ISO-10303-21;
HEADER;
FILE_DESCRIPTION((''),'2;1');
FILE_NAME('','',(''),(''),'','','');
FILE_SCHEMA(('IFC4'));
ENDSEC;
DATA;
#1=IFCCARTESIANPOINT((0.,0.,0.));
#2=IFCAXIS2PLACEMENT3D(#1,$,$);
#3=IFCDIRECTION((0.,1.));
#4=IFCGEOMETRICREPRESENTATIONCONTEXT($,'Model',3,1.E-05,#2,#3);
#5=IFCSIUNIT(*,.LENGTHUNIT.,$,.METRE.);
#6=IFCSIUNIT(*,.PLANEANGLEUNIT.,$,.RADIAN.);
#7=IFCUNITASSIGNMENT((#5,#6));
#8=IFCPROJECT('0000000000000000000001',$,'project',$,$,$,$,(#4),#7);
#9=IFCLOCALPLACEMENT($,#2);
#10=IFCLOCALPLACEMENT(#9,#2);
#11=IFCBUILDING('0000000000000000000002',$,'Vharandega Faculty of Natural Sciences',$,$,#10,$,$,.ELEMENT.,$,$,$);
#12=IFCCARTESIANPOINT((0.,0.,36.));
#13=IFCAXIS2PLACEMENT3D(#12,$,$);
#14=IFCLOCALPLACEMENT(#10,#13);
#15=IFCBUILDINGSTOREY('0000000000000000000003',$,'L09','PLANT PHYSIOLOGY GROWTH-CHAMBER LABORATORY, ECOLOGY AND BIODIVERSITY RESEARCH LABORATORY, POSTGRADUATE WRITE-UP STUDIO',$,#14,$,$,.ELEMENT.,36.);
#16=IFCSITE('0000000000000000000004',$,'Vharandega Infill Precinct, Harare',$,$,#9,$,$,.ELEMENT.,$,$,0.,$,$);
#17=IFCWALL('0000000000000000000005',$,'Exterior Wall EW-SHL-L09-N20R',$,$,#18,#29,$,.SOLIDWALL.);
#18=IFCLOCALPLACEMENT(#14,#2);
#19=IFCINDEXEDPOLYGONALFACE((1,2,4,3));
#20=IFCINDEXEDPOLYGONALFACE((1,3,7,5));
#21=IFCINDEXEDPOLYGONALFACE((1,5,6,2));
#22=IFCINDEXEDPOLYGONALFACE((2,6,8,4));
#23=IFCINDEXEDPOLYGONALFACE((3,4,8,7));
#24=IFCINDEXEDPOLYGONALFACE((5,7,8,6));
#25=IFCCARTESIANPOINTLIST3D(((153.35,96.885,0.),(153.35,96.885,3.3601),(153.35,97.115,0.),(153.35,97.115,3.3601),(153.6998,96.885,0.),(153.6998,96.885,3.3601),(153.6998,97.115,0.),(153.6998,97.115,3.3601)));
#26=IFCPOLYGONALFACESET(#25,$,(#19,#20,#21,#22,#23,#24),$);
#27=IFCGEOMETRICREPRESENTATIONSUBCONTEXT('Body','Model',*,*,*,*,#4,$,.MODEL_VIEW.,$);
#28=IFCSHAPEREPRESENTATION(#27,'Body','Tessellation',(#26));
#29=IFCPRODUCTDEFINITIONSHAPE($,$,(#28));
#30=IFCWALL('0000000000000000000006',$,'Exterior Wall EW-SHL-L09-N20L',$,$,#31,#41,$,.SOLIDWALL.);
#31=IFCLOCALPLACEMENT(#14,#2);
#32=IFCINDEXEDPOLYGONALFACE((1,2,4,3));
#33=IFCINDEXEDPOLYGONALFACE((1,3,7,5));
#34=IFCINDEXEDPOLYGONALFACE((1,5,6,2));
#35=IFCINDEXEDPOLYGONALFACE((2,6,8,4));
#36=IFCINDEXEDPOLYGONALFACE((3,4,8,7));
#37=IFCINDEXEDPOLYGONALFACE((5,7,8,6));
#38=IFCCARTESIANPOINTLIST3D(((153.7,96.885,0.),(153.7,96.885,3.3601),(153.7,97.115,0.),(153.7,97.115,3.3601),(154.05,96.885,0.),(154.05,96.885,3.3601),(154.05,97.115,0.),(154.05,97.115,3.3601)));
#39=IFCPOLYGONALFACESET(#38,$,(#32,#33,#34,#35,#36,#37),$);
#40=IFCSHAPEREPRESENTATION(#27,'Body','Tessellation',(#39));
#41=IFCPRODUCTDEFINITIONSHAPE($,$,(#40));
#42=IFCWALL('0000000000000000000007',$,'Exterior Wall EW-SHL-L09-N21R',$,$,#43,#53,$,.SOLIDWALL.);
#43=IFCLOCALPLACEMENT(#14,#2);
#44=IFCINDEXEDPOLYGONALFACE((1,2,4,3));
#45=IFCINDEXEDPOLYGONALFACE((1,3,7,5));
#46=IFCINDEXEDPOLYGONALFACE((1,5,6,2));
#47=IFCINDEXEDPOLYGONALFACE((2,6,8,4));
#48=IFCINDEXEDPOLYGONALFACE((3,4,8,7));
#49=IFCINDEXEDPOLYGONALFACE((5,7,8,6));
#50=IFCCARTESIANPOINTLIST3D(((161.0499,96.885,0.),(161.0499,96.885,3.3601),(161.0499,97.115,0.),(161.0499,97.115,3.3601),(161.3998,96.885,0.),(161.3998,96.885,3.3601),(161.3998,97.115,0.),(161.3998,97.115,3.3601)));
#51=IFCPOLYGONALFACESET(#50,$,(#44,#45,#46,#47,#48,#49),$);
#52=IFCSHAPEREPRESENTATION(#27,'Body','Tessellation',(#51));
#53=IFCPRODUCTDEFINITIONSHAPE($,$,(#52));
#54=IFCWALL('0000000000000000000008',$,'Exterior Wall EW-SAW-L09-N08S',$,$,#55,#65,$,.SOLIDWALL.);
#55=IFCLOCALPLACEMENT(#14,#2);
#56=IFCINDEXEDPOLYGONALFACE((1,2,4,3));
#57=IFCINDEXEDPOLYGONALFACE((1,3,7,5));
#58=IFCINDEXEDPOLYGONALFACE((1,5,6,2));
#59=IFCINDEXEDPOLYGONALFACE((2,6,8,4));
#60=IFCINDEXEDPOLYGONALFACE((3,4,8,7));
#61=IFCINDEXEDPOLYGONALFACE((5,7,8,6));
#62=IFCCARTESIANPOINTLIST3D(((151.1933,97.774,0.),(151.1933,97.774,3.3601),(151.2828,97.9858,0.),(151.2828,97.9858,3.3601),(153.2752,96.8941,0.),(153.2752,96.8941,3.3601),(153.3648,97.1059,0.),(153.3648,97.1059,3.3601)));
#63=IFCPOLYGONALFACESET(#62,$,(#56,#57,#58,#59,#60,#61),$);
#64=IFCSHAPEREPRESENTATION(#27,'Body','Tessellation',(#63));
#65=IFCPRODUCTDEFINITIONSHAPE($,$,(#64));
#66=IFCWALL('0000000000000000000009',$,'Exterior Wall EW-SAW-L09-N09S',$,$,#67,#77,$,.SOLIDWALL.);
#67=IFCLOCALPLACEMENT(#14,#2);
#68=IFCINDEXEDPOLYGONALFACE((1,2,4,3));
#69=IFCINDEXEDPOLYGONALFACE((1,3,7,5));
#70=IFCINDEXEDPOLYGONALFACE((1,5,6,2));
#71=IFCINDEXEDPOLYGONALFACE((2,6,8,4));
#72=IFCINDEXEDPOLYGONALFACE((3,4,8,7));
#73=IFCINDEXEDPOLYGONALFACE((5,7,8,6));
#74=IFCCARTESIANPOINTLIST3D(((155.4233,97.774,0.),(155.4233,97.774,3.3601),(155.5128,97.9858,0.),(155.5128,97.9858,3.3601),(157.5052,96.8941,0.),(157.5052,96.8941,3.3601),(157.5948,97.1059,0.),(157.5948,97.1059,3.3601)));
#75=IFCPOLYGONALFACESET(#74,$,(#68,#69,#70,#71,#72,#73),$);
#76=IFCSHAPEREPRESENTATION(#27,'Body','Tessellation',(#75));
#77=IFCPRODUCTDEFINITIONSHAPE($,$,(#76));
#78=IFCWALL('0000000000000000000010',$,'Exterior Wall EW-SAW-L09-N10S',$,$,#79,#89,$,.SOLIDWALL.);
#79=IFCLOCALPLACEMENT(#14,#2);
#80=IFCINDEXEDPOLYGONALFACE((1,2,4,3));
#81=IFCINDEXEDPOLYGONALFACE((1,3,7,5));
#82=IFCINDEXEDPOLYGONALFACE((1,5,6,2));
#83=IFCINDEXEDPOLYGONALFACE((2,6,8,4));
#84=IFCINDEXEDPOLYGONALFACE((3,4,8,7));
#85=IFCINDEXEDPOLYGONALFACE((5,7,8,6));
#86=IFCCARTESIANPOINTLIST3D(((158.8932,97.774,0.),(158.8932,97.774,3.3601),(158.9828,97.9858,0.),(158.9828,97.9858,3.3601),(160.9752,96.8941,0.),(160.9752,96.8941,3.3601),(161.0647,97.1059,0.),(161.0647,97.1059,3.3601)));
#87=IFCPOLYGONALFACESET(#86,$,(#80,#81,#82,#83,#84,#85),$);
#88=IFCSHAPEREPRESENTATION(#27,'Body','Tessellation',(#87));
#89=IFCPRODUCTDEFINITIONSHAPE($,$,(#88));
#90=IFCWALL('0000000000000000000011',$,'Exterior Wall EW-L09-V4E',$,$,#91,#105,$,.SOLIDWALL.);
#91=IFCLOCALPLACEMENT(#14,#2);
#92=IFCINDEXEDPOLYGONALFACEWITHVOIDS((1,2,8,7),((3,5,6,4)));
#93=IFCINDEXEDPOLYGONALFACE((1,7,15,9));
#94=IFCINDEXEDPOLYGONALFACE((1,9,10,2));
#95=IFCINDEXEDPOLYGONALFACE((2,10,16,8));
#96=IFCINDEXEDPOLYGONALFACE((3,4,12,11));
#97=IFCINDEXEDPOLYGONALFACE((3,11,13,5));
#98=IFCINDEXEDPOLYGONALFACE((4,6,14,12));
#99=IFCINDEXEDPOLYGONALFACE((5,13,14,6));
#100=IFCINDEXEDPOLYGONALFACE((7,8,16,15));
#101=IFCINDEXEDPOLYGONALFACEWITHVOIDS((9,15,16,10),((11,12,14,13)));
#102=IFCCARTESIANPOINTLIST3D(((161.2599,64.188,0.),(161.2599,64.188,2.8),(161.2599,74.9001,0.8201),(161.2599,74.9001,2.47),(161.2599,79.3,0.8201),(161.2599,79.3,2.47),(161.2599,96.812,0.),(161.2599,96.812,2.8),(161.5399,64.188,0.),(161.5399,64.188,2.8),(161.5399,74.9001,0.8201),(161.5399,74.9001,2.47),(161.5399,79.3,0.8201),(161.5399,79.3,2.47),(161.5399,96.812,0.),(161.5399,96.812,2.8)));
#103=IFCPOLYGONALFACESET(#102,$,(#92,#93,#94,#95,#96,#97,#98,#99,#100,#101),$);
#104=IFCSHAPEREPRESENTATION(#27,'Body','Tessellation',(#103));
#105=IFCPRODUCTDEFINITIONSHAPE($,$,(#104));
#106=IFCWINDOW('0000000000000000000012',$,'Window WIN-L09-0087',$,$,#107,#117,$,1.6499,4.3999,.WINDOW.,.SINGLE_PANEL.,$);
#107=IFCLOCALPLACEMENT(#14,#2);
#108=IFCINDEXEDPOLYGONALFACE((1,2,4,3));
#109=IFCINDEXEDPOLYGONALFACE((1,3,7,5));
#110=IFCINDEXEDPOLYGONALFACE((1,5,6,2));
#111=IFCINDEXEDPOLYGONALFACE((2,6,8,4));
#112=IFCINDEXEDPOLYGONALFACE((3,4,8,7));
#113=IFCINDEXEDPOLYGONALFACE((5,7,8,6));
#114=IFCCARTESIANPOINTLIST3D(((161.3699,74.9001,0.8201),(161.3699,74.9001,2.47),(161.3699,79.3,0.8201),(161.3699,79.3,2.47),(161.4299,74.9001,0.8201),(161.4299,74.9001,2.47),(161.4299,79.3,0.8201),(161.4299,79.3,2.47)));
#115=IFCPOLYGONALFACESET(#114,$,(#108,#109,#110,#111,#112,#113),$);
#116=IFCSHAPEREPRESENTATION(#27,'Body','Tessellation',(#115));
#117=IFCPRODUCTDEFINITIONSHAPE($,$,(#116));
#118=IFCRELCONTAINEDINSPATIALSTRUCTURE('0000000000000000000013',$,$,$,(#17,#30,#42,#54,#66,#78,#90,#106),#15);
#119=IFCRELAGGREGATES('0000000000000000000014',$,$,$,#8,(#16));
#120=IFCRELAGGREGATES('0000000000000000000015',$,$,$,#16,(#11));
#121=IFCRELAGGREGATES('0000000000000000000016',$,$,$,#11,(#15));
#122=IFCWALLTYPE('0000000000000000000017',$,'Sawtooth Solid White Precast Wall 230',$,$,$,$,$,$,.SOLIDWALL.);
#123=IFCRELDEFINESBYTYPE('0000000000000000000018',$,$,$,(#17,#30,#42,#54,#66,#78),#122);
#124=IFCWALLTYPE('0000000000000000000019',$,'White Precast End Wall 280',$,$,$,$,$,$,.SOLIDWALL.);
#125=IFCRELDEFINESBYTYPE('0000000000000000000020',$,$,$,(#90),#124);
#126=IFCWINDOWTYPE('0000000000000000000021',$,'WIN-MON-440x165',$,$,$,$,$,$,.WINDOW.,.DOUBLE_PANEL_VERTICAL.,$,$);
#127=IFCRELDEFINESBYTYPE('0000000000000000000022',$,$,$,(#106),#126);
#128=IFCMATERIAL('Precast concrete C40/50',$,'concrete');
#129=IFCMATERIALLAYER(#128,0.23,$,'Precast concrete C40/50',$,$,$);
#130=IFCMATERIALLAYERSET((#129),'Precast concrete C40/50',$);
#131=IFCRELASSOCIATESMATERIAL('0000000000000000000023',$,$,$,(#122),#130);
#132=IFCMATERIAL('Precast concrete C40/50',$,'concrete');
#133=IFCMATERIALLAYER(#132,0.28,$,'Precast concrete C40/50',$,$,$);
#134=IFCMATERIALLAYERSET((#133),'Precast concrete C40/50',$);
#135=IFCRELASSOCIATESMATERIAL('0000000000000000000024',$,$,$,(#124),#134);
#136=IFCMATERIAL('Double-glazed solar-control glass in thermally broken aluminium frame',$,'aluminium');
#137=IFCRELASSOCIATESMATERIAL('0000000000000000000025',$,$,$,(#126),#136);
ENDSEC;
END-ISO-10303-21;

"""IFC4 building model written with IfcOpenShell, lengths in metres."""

from ifc_helpers import new_model, si_unit, direction, frame, frame_2d, origin, place, context, subcontext, project, spatial, rectangle, extrude, material, layer, layer_set, type_object, element, fill, save


model = new_model("IFC4")

# Units and contexts
model_context = context("Model", 3, precision=1e-05, world=origin(), true_north=direction((0.0, 1.0)))
body_context = subcontext(model_context, "Body", "Model", "MODEL_VIEW")
ifc_project = project(units=[si_unit("LENGTHUNIT", "METRE"), si_unit("PLANEANGLEUNIT", "RADIAN")], contexts=[model_context])

# Site, building, storey
site_placement = place(None, origin())
site = spatial("IfcSite", under=ifc_project, at=site_placement, Name="Vharandega Infill Precinct, Harare", CompositionType="ELEMENT", RefElevation=0.0)
building_placement = place(site_placement, origin())
building = spatial("IfcBuilding", under=site, at=building_placement, Name="Vharandega Faculty of Natural Sciences", CompositionType="ELEMENT")
storey_placement = place(building_placement, frame((0.0, 0.0, 36.0)))
storey = spatial("IfcBuildingStorey", under=building, at=storey_placement, Name="L09", Description="PLANT PHYSIOLOGY GROWTH-CHAMBER LABORATORY, ECOLOGY AND BIODIVERSITY RESEARCH LABORATORY, POSTGRADUATE WRITE-UP STUDIO", CompositionType="ELEMENT", Elevation=36.0)

# Walls
ifc_material_1 = material(Name="Precast concrete C40/50", Category="concrete")
ifc_layer_1 = layer(ifc_material_1, 0.23, Name="Precast concrete C40/50")
ifc_layer_set_1 = layer_set([ifc_layer_1], Name="Precast concrete C40/50")
wall_type_1 = type_object("IfcWallType", Name="Sawtooth Solid White Precast Wall 230", PredefinedType="SOLIDWALL", material=ifc_layer_set_1)
wall_1_placement = place(storey_placement, frame((153.3501, 97.0, 0.0), z_axis=(0.0, 0.0, 1.0), x_axis=(1.0, 0.0, 0.0)))
element("IfcWall", 1, at=wall_1_placement, inside=storey, type_object=wall_type_1, Name="Exterior Wall EW-SHL-L09-N20R", PredefinedType="SOLIDWALL", context=body_context, shape_type="SweptSolid", body=[
    extrude(rectangle(XDim=0.3499, YDim=0.23, at=frame_2d((0.1748, 0.0))), origin(), (0.0, 0.0, 1.0), 3.3601),
])
wall_2_placement = place(storey_placement, frame((153.7, 97.0, 0.0), z_axis=(0.0, 0.0, 1.0), x_axis=(1.0, 0.0, 0.0)))
element("IfcWall", 2, at=wall_2_placement, inside=storey, type_object=wall_type_1, Name="Exterior Wall EW-SHL-L09-N20L", PredefinedType="SOLIDWALL", context=body_context, shape_type="SweptSolid", body=[
    extrude(rectangle(XDim=0.3501, YDim=0.23, at=frame_2d((0.175, 0.0))), origin(), (0.0, 0.0, 1.0), 3.3601),
])
wall_3_placement = place(storey_placement, frame((161.05, 97.0, 0.0), z_axis=(0.0, 0.0, 1.0), x_axis=(1.0, 0.0, 0.0)))
element("IfcWall", 3, at=wall_3_placement, inside=storey, type_object=wall_type_1, Name="Exterior Wall EW-SHL-L09-N21R", PredefinedType="SOLIDWALL", context=body_context, shape_type="SweptSolid", body=[
    extrude(rectangle(XDim=0.3499, YDim=0.23, at=frame_2d((0.1748, 0.0))), origin(), (0.0, 0.0, 1.0), 3.3601),
])
for number, where, z_axis, x_axis, name in (
    (4, (151.238, 97.8799, 0.0), (0.0, 0.0, 1.0), (0.921122, -0.389274, 0.0), "Exterior Wall EW-SAW-L09-N08S"),
    (5, (155.468, 97.8799, 0.0), (0.0, 0.0, 1.0), (0.921122, -0.389274, 0.0), "Exterior Wall EW-SAW-L09-N09S"),
    (6, (158.938, 97.8799, 0.0), (0.0, 0.0, 1.0), (0.921122, -0.389274, 0.0), "Exterior Wall EW-SAW-L09-N10S"),
):
    element("IfcWall", number, at=place(storey_placement, frame(where, z_axis=z_axis, x_axis=x_axis)), inside=storey, type_object=wall_type_1, Name=name, PredefinedType="SOLIDWALL", context=body_context, shape_type="SweptSolid", body=[
        extrude(rectangle(XDim=2.2603, YDim=0.23, at=frame_2d((1.1301, 0.0))), origin(), (0.0, 0.0, 1.0), 3.3601),
    ])

# Wall, opening, window
ifc_material_2 = material(Name="Precast concrete C40/50", Category="concrete")
ifc_layer_2 = layer(ifc_material_2, 0.28, Name="Precast concrete C40/50")
ifc_layer_set_2 = layer_set([ifc_layer_2], Name="Precast concrete C40/50")
wall_type_2 = type_object("IfcWallType", Name="White Precast End Wall 280", PredefinedType="SOLIDWALL", material=ifc_layer_set_2)
wall_4_placement = place(storey_placement, frame((161.3999, 96.812, 0.0), z_axis=(0.0, 0.0, 1.0), x_axis=(0.0, -1.0, 0.0)))
wall_4 = element("IfcWall", 7, at=wall_4_placement, inside=storey, type_object=wall_type_2, Name="Exterior Wall EW-L09-V4E", PredefinedType="SOLIDWALL", context=body_context, shape_type="SweptSolid", body=[
    extrude(rectangle(XDim=32.624, YDim=0.28, at=frame_2d((16.312, 0.0))), origin(), (0.0, 0.0, 1.0), 2.8),
])
opening_1_placement = place(wall_4_placement, frame((17.512, 0.0, 0.8201)))
opening_1 = element("IfcOpeningElement", 8, at=opening_1_placement, cuts=wall_4, PredefinedType="OPENING", context=body_context, shape_type="SweptSolid", body=[
    extrude(rectangle(XDim=4.3999, YDim=1.6499, at=frame_2d((2.2, 0.825))), frame((0.0, 0.1499, 0.0), z_axis=(0.0, -1.0, 0.0), x_axis=(1.0, 0.0, 0.0)), (0.0, 0.0, 1.0), 0.3),
])
ifc_material_3 = material(Name="Double-glazed solar-control glass in thermally broken aluminium frame", Category="aluminium")
window_type_1 = type_object("IfcWindowType", Name="WIN-MON-440x165", PartitioningType="DOUBLE_PANEL_VERTICAL", PredefinedType="WINDOW", material=ifc_material_3)
window_1_placement = place(opening_1_placement, origin())
window_1 = element("IfcWindow", 9, at=window_1_placement, inside=storey, type_object=window_type_1, Name="Window WIN-L09-0087", OverallHeight=1.6499, OverallWidth=4.3999, PartitioningType="SINGLE_PANEL", PredefinedType="WINDOW", context=body_context, shape_type="SweptSolid", body=[
    extrude(rectangle(XDim=4.3999, YDim=1.6499, at=frame_2d((2.2, 0.825))), frame((0.0, 0.03, 0.0), z_axis=(0.0, -1.0, 0.0), x_axis=(1.0, 0.0, 0.0)), (0.0, 0.0, 1.0), 0.0601),
])
fill(opening_1, window_1)

save(model, "model.ifc")
